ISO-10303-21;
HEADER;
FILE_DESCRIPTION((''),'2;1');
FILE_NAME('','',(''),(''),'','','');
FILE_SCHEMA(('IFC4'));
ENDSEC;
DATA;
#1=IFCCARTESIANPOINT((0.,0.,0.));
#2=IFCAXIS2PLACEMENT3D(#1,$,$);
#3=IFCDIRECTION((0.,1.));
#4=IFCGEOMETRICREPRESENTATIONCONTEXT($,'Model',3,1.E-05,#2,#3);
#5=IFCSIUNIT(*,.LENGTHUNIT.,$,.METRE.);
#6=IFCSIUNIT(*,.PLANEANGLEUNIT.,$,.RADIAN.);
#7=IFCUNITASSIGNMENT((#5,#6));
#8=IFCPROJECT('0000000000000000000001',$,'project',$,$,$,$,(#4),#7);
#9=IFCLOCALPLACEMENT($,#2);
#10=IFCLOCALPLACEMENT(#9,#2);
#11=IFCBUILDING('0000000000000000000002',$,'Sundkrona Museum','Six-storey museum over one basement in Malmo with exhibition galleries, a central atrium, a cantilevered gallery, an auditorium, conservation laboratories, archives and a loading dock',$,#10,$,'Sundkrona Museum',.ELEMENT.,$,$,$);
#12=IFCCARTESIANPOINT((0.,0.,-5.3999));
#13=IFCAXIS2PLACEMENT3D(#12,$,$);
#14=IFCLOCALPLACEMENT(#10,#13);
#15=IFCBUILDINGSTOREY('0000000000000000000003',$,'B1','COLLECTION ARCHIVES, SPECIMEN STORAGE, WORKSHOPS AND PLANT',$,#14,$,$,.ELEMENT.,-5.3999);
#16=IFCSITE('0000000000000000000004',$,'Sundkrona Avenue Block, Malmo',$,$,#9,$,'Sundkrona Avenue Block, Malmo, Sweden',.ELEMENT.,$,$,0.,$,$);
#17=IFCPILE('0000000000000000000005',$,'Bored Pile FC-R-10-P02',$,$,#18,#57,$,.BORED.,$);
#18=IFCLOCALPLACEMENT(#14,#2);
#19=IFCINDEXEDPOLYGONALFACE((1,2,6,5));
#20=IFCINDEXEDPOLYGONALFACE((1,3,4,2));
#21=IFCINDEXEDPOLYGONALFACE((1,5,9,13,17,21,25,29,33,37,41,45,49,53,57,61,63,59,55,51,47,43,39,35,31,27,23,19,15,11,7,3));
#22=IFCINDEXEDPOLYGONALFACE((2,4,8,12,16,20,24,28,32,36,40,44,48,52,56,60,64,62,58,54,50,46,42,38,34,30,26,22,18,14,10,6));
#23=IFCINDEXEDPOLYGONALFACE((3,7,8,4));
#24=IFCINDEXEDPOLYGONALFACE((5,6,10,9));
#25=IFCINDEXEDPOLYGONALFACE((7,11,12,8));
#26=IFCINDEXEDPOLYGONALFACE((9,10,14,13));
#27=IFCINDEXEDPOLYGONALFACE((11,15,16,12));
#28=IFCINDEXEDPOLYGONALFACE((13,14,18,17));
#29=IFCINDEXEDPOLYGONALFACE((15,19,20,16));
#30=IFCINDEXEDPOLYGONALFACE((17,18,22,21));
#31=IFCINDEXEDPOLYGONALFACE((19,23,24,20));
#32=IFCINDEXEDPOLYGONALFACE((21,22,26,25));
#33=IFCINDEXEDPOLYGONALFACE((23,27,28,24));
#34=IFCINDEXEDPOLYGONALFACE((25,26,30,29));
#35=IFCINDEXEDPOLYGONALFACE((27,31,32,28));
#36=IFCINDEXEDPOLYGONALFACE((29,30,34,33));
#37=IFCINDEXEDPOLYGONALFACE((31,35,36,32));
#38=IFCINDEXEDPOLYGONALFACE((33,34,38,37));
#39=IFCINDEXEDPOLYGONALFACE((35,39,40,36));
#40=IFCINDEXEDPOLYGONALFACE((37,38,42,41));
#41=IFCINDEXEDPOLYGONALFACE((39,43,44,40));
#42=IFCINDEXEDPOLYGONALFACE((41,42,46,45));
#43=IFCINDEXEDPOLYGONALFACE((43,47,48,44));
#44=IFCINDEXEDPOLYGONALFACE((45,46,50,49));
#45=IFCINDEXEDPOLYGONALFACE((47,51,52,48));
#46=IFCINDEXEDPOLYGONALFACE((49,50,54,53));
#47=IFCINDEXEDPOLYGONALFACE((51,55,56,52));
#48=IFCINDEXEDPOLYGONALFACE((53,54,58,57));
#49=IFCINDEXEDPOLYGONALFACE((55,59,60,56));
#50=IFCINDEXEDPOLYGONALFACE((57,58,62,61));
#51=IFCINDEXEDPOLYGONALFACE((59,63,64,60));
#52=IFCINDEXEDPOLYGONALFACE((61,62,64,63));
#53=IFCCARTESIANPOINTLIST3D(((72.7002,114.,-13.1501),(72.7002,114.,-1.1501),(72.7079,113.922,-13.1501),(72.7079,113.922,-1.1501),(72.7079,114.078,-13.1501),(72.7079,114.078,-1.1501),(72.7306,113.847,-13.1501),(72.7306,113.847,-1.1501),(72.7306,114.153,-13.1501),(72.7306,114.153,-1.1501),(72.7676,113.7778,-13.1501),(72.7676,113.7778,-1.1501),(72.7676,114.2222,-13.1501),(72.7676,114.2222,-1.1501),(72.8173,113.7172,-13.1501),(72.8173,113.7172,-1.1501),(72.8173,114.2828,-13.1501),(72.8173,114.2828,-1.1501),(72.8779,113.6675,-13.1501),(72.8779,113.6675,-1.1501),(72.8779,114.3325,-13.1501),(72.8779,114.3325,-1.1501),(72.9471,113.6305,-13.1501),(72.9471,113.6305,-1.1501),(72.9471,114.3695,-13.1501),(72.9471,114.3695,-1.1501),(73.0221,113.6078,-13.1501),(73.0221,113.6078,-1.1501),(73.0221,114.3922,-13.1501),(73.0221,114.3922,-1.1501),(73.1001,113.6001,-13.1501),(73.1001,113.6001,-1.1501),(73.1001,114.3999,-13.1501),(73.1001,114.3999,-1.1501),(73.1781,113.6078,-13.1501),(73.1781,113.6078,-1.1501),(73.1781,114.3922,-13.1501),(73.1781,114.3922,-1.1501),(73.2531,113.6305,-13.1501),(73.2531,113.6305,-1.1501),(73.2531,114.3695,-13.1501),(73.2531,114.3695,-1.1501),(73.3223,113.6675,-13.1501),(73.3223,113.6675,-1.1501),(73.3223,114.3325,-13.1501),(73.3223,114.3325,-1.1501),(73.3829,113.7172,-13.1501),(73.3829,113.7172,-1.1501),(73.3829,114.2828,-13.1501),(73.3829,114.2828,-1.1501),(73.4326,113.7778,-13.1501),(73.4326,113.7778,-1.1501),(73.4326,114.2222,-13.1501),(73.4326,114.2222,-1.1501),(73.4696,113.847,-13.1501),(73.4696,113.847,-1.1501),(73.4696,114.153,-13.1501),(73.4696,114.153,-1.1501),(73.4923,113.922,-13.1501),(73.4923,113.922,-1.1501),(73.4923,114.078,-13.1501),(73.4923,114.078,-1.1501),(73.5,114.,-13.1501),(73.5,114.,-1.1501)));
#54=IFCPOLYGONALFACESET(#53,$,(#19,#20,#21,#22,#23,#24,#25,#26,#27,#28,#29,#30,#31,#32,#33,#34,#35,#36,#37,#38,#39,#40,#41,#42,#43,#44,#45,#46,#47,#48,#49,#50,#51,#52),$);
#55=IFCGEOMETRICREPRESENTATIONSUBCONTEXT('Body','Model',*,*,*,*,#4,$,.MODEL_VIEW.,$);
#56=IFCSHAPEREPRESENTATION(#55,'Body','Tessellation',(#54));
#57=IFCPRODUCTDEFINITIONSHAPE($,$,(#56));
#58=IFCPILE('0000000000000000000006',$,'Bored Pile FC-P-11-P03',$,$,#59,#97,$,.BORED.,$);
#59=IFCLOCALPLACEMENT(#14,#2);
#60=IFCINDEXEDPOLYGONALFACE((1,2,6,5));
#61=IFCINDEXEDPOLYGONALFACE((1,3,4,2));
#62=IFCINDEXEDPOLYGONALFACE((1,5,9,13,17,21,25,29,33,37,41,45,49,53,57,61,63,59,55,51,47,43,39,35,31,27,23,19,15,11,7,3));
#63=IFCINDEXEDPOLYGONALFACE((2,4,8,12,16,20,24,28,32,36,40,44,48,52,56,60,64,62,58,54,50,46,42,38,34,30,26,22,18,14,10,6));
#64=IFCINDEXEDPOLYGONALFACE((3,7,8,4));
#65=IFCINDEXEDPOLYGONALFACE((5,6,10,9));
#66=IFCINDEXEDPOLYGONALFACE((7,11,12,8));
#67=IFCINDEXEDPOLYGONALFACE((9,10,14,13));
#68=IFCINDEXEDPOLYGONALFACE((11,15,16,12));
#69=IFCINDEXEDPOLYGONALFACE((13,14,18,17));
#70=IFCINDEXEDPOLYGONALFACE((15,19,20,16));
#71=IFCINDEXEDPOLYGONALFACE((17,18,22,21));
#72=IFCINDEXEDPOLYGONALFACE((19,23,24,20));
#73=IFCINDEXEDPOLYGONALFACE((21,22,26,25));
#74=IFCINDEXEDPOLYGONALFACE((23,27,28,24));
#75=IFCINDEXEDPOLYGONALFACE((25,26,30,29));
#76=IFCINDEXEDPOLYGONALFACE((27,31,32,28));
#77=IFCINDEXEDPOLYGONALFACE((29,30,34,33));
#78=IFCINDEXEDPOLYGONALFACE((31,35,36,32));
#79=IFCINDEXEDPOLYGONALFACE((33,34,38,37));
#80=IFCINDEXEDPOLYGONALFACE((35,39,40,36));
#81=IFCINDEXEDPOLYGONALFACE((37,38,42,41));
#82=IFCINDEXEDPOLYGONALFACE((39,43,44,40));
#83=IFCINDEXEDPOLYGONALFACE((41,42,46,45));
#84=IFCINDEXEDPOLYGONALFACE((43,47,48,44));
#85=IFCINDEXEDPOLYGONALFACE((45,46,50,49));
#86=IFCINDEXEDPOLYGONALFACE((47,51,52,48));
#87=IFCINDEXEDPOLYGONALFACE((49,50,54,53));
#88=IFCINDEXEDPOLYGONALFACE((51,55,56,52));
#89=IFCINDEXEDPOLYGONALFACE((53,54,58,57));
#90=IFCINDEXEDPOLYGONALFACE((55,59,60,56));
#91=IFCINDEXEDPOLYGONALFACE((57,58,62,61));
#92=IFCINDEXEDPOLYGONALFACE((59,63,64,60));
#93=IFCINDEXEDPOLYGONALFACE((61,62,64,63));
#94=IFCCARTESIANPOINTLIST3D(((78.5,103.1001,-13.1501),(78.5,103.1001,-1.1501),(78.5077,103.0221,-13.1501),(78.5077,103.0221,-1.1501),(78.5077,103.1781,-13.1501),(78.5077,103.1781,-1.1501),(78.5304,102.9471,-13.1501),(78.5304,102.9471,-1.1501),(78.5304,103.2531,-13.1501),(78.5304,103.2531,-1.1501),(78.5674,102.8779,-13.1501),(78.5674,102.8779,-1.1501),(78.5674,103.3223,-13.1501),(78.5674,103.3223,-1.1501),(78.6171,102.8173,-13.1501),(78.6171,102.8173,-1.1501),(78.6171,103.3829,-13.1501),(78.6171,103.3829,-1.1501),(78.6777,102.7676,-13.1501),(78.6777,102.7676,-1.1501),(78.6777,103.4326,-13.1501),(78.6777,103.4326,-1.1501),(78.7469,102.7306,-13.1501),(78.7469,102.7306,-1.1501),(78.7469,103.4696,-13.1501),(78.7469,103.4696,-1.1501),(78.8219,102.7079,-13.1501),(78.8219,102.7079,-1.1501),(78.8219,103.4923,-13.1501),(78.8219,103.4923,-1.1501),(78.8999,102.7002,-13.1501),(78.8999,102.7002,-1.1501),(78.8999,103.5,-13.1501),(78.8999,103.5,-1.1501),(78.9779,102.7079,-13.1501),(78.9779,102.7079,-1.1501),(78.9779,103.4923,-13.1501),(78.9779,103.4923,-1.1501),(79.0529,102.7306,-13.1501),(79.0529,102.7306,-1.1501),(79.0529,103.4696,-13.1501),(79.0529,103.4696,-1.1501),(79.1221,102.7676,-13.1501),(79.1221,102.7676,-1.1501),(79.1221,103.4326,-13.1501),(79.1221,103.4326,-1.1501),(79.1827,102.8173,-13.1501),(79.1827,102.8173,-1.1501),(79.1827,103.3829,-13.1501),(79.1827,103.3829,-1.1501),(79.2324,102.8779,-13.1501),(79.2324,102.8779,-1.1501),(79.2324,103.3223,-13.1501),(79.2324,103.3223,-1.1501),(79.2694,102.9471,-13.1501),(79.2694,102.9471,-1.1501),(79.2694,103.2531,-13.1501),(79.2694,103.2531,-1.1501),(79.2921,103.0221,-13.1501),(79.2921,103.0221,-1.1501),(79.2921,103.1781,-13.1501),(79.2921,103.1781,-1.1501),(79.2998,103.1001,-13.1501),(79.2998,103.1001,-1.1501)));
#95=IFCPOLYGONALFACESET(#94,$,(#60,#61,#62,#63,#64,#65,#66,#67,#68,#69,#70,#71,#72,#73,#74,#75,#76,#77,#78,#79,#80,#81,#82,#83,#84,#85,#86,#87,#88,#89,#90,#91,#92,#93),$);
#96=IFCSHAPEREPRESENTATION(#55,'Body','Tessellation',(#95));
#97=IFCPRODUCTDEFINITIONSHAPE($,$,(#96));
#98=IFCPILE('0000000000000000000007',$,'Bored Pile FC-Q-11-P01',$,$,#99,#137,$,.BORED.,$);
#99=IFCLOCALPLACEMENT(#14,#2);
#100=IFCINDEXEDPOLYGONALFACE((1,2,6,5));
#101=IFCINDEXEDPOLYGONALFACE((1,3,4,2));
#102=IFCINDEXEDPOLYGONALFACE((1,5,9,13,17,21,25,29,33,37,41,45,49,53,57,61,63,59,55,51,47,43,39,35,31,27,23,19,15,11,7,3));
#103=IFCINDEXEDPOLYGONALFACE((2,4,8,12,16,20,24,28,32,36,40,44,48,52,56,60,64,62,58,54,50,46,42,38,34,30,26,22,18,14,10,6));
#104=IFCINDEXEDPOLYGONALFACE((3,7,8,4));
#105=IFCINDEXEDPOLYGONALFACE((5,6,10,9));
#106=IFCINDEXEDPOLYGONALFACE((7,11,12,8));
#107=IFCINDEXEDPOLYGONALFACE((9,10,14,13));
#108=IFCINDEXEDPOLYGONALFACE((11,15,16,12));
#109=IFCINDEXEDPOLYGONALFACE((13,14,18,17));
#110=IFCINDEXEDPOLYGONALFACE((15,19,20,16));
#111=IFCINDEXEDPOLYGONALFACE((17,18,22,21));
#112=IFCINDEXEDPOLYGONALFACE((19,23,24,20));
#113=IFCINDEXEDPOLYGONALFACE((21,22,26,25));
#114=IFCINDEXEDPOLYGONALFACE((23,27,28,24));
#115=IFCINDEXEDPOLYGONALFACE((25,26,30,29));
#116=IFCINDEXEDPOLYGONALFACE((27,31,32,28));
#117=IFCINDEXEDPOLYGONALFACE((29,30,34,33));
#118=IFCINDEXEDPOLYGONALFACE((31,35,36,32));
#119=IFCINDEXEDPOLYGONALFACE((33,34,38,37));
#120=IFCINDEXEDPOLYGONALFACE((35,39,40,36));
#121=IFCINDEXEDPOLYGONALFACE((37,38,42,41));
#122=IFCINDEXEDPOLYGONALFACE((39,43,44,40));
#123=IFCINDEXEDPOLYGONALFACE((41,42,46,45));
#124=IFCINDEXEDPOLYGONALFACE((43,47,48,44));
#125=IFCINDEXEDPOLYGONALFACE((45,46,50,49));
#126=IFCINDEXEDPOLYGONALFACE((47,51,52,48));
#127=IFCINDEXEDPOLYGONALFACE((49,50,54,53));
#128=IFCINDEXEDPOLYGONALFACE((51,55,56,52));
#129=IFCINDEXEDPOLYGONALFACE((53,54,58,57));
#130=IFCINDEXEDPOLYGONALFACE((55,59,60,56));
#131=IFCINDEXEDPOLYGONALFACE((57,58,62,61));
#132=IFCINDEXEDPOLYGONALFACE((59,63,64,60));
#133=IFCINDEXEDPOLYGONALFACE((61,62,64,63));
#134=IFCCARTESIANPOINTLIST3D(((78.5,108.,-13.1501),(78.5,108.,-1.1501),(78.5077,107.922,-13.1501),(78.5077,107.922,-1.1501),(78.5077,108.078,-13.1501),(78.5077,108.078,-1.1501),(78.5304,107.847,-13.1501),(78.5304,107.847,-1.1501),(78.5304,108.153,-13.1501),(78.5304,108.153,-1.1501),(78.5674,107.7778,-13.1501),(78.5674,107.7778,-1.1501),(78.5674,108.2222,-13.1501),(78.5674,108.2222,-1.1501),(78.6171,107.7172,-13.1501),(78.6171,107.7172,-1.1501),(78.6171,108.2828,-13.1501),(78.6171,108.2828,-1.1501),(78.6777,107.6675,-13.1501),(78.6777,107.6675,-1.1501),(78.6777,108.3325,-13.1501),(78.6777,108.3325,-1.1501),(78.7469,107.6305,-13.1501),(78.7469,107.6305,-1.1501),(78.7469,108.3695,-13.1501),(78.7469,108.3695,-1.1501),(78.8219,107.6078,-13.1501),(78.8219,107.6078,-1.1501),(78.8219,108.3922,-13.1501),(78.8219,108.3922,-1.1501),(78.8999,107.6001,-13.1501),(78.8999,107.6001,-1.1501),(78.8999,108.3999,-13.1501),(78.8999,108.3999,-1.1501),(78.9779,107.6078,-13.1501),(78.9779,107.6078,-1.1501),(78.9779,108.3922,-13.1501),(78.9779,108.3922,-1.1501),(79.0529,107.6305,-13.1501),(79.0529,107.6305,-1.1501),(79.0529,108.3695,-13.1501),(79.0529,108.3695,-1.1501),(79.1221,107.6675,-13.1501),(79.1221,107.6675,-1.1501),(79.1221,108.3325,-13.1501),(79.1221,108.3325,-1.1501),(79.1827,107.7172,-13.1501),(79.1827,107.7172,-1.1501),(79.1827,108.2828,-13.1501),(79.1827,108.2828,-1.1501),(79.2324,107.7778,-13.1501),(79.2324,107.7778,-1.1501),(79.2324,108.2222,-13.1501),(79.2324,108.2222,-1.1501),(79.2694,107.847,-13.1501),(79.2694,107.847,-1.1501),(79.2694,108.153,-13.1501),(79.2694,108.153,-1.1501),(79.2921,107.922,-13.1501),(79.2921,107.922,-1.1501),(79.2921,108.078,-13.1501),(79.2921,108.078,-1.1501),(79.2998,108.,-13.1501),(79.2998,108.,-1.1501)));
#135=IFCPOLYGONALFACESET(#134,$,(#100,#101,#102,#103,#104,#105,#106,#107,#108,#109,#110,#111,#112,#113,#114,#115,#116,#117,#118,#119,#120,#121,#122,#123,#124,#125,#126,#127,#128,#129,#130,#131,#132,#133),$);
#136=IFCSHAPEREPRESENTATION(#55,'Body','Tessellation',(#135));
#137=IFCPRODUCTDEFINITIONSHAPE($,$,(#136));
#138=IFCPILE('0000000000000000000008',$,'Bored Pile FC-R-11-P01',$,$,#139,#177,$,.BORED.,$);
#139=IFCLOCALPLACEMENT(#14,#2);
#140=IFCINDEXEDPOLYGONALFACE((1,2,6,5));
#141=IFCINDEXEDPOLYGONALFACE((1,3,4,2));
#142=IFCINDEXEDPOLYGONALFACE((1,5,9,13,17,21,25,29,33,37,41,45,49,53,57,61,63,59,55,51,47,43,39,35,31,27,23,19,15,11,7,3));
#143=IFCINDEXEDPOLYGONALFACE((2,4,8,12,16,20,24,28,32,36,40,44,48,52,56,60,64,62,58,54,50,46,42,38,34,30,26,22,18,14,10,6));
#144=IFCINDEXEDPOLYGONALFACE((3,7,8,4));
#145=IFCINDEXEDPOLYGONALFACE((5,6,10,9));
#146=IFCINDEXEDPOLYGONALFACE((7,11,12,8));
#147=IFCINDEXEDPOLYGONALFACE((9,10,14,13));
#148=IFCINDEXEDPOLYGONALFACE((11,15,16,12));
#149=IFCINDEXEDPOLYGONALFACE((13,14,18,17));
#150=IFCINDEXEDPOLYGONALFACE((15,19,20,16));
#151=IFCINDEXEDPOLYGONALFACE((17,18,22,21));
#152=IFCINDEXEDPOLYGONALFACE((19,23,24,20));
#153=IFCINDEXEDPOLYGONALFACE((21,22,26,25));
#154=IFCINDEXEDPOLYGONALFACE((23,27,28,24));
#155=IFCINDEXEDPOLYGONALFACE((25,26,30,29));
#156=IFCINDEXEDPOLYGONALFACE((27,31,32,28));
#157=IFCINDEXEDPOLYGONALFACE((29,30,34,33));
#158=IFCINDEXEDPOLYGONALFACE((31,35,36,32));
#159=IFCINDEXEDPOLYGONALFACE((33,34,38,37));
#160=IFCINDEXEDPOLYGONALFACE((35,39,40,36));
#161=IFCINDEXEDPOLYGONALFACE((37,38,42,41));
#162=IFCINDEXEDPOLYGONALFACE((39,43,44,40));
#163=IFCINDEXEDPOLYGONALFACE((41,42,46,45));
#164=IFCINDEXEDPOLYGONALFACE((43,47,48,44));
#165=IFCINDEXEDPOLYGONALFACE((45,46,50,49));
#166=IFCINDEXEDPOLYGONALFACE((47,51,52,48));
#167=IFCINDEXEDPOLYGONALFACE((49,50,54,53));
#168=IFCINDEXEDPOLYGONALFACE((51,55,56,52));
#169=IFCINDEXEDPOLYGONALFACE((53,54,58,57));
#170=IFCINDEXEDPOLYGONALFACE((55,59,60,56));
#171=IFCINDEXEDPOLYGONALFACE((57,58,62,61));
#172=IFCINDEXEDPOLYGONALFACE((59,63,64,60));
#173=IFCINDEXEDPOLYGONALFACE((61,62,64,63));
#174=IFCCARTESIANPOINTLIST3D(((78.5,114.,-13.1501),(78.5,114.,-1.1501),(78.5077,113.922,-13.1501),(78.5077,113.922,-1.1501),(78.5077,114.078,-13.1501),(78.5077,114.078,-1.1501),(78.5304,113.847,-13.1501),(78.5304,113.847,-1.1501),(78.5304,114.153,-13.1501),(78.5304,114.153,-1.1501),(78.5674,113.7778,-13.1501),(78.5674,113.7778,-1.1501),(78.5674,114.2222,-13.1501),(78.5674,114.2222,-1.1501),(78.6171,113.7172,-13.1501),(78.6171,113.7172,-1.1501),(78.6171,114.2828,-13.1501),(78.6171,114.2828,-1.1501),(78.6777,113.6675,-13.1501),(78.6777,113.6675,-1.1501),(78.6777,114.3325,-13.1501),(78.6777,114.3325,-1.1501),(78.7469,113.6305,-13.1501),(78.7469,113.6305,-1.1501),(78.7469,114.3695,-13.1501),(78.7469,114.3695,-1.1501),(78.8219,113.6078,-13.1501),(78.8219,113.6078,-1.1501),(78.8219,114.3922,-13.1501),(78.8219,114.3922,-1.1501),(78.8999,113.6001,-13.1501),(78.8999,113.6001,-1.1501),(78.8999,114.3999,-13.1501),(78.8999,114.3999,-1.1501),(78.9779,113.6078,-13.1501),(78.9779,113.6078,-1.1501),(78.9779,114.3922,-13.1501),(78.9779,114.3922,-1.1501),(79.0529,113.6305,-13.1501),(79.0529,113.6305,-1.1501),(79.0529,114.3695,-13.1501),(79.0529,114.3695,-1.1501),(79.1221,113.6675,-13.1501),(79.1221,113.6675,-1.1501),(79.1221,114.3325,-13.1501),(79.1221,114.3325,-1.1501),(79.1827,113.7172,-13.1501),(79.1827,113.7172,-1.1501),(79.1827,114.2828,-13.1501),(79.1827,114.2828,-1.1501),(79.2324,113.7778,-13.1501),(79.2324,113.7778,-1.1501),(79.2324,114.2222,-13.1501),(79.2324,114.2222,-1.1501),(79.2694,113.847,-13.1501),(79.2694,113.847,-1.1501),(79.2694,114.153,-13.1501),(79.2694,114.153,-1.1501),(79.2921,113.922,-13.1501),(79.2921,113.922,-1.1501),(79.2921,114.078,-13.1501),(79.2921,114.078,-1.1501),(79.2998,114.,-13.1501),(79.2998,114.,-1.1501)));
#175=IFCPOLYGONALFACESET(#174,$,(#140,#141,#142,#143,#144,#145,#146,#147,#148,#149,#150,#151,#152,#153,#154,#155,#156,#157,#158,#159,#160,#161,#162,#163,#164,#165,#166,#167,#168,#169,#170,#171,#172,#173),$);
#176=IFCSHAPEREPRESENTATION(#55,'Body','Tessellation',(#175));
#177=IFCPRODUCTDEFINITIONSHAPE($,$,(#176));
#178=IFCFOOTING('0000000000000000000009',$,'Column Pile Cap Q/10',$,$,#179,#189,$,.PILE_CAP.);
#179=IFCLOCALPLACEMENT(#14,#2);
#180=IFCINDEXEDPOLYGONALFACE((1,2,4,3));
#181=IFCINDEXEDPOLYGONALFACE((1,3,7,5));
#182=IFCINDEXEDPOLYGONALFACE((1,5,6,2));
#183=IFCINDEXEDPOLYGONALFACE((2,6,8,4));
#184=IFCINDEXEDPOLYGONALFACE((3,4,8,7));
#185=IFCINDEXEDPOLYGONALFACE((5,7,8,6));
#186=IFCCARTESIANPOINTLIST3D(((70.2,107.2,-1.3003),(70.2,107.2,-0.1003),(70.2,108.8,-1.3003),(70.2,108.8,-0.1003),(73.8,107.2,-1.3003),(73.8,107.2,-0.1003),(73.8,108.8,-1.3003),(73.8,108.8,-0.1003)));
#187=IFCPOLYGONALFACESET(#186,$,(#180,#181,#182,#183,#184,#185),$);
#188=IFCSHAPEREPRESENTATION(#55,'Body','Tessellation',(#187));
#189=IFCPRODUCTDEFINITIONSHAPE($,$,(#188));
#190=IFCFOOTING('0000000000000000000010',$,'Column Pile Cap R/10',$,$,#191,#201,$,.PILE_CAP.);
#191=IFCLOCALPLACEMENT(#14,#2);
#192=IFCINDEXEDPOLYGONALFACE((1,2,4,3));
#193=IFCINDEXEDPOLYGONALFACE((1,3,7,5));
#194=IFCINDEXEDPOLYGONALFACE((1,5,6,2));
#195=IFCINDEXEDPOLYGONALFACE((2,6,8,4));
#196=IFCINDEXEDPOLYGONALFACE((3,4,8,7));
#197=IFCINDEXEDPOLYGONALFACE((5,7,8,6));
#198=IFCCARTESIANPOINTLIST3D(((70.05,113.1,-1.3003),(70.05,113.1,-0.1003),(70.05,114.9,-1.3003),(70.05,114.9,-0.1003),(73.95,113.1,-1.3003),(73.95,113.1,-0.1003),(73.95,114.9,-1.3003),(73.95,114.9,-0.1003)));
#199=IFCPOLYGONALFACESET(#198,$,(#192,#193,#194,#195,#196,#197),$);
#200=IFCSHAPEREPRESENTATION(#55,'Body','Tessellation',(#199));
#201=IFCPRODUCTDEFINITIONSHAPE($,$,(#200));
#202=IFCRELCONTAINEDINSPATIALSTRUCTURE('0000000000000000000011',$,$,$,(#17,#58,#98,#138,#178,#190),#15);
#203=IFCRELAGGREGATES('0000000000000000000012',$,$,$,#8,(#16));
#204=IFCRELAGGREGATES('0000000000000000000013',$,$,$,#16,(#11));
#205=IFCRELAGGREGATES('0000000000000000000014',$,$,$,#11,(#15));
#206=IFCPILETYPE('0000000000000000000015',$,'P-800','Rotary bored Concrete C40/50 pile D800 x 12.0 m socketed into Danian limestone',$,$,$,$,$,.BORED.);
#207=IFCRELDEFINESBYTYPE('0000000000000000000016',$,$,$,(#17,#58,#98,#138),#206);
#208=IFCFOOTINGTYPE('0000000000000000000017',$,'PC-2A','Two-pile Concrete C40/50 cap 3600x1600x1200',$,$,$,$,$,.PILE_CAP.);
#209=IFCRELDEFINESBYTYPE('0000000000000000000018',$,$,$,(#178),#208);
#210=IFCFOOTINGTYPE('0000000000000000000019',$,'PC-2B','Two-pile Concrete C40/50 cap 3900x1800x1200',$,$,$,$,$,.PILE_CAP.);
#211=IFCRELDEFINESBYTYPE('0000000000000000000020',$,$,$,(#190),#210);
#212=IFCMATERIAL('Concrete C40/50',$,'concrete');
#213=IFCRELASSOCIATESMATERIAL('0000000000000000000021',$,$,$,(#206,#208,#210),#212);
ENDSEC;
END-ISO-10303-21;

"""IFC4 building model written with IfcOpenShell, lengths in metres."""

from ifc_helpers import new_model, si_unit, direction, frame, origin, origin_2d, place, context, subcontext, project, spatial, rectangle, circle, extrude, material, material_profile, profile_set, type_object, element, save


model = new_model("IFC4")

# Units and contexts
model_context = context("Model", 3, precision=1e-05, world=origin(), true_north=direction((0.0, 1.0)))
body_context = subcontext(model_context, "Body", "Model", "MODEL_VIEW")
ifc_project = project(units=[si_unit("LENGTHUNIT", "METRE"), si_unit("PLANEANGLEUNIT", "RADIAN")], contexts=[model_context])

# Site, building, storey
site_placement = place(None, origin())
site = spatial("IfcSite", under=ifc_project, at=site_placement, Name="Sundkrona Avenue Block, Malmo", LongName="Sundkrona Avenue Block, Malmo, Sweden", CompositionType="ELEMENT", RefElevation=0.0)
building_placement = place(site_placement, origin())
building = spatial("IfcBuilding", under=site, at=building_placement, Name="Sundkrona Museum", Description="Six-storey museum over one basement in Malmo with exhibition galleries, a central atrium, a cantilevered gallery, an auditorium, conservation laboratories, archives and a loading dock", LongName="Sundkrona Museum", CompositionType="ELEMENT")
storey_placement = place(building_placement, frame((0.0, 0.0, -5.3999)))
storey = spatial("IfcBuildingStorey", under=building, at=storey_placement, Name="B1", Description="COLLECTION ARCHIVES, SPECIMEN STORAGE, WORKSHOPS AND PLANT", CompositionType="ELEMENT", Elevation=-5.3999)

# Shared definitions
ifc_material_1 = material(Name="Concrete C40/50", Category="concrete")

# Piles
ifc_material_profile_1 = material_profile(ifc_material_1, circle(Radius=0.3999, at=origin_2d()), Name="PILE D800")
ifc_profile_set_1 = profile_set([ifc_material_profile_1], Name="Concrete C40/50")
pile_type = type_object("IfcPileType", Name="P-800", Description="Rotary bored Concrete C40/50 pile D800 x 12.0 m socketed into Danian limestone", PredefinedType="BORED", material=ifc_profile_set_1)
for number, where, z_axis, x_axis, name in (
    (1, (73.1001, 114.0, -1.1501), (0.0, 0.0, -1.0), (1.0, 0.0, 0.0), "Bored Pile FC-R-10-P02"),
    (2, (78.8999, 103.1001, -1.1501), (0.0, 0.0, -1.0), (1.0, 0.0, 0.0), "Bored Pile FC-P-11-P03"),
    (3, (78.8999, 108.0, -1.1501), (0.0, 0.0, -1.0), (1.0, 0.0, 0.0), "Bored Pile FC-Q-11-P01"),
    (4, (78.8999, 114.0, -1.1501), (0.0, 0.0, -1.0), (1.0, 0.0, 0.0), "Bored Pile FC-R-11-P01"),
):
    element("IfcPile", number, at=place(storey_placement, frame(where, z_axis=z_axis, x_axis=x_axis)), inside=storey, type_object=pile_type, Name=name, PredefinedType="BORED", context=body_context, shape_type="SweptSolid", body=[
        extrude(circle(Radius=0.3999, at=origin_2d()), origin(), (0.0, 0.0, 1.0), 12.0),
    ])

# Footings
footing_type_1 = type_object("IfcFootingType", Name="PC-2A", Description="Two-pile Concrete C40/50 cap 3600x1600x1200", PredefinedType="PILE_CAP", material=ifc_material_1)
footing_1_placement = place(storey_placement, frame((72.0, 108.0, -1.3003), z_axis=(0.0, 0.0, 1.0), x_axis=(1.0, 0.0, 0.0)))
element("IfcFooting", 5, at=footing_1_placement, inside=storey, type_object=footing_type_1, Name="Column Pile Cap Q/10", PredefinedType="PILE_CAP", context=body_context, shape_type="SweptSolid", body=[
    extrude(rectangle(XDim=3.6001, YDim=1.6001, at=origin_2d()), origin(), (0.0, 0.0, 1.0), 1.2),
])
footing_type_2 = type_object("IfcFootingType", Name="PC-2B", Description="Two-pile Concrete C40/50 cap 3900x1800x1200", PredefinedType="PILE_CAP", material=ifc_material_1)
footing_2_placement = place(storey_placement, frame((72.0, 114.0, -1.3003), z_axis=(0.0, 0.0, 1.0), x_axis=(1.0, 0.0, 0.0)))
element("IfcFooting", 6, at=footing_2_placement, inside=storey, type_object=footing_type_2, Name="Column Pile Cap R/10", PredefinedType="PILE_CAP", context=body_context, shape_type="SweptSolid", body=[
    extrude(rectangle(XDim=3.8999, YDim=1.8, at=origin_2d()), origin(), (0.0, 0.0, 1.0), 1.2),
])

save(model, "model.ifc")
